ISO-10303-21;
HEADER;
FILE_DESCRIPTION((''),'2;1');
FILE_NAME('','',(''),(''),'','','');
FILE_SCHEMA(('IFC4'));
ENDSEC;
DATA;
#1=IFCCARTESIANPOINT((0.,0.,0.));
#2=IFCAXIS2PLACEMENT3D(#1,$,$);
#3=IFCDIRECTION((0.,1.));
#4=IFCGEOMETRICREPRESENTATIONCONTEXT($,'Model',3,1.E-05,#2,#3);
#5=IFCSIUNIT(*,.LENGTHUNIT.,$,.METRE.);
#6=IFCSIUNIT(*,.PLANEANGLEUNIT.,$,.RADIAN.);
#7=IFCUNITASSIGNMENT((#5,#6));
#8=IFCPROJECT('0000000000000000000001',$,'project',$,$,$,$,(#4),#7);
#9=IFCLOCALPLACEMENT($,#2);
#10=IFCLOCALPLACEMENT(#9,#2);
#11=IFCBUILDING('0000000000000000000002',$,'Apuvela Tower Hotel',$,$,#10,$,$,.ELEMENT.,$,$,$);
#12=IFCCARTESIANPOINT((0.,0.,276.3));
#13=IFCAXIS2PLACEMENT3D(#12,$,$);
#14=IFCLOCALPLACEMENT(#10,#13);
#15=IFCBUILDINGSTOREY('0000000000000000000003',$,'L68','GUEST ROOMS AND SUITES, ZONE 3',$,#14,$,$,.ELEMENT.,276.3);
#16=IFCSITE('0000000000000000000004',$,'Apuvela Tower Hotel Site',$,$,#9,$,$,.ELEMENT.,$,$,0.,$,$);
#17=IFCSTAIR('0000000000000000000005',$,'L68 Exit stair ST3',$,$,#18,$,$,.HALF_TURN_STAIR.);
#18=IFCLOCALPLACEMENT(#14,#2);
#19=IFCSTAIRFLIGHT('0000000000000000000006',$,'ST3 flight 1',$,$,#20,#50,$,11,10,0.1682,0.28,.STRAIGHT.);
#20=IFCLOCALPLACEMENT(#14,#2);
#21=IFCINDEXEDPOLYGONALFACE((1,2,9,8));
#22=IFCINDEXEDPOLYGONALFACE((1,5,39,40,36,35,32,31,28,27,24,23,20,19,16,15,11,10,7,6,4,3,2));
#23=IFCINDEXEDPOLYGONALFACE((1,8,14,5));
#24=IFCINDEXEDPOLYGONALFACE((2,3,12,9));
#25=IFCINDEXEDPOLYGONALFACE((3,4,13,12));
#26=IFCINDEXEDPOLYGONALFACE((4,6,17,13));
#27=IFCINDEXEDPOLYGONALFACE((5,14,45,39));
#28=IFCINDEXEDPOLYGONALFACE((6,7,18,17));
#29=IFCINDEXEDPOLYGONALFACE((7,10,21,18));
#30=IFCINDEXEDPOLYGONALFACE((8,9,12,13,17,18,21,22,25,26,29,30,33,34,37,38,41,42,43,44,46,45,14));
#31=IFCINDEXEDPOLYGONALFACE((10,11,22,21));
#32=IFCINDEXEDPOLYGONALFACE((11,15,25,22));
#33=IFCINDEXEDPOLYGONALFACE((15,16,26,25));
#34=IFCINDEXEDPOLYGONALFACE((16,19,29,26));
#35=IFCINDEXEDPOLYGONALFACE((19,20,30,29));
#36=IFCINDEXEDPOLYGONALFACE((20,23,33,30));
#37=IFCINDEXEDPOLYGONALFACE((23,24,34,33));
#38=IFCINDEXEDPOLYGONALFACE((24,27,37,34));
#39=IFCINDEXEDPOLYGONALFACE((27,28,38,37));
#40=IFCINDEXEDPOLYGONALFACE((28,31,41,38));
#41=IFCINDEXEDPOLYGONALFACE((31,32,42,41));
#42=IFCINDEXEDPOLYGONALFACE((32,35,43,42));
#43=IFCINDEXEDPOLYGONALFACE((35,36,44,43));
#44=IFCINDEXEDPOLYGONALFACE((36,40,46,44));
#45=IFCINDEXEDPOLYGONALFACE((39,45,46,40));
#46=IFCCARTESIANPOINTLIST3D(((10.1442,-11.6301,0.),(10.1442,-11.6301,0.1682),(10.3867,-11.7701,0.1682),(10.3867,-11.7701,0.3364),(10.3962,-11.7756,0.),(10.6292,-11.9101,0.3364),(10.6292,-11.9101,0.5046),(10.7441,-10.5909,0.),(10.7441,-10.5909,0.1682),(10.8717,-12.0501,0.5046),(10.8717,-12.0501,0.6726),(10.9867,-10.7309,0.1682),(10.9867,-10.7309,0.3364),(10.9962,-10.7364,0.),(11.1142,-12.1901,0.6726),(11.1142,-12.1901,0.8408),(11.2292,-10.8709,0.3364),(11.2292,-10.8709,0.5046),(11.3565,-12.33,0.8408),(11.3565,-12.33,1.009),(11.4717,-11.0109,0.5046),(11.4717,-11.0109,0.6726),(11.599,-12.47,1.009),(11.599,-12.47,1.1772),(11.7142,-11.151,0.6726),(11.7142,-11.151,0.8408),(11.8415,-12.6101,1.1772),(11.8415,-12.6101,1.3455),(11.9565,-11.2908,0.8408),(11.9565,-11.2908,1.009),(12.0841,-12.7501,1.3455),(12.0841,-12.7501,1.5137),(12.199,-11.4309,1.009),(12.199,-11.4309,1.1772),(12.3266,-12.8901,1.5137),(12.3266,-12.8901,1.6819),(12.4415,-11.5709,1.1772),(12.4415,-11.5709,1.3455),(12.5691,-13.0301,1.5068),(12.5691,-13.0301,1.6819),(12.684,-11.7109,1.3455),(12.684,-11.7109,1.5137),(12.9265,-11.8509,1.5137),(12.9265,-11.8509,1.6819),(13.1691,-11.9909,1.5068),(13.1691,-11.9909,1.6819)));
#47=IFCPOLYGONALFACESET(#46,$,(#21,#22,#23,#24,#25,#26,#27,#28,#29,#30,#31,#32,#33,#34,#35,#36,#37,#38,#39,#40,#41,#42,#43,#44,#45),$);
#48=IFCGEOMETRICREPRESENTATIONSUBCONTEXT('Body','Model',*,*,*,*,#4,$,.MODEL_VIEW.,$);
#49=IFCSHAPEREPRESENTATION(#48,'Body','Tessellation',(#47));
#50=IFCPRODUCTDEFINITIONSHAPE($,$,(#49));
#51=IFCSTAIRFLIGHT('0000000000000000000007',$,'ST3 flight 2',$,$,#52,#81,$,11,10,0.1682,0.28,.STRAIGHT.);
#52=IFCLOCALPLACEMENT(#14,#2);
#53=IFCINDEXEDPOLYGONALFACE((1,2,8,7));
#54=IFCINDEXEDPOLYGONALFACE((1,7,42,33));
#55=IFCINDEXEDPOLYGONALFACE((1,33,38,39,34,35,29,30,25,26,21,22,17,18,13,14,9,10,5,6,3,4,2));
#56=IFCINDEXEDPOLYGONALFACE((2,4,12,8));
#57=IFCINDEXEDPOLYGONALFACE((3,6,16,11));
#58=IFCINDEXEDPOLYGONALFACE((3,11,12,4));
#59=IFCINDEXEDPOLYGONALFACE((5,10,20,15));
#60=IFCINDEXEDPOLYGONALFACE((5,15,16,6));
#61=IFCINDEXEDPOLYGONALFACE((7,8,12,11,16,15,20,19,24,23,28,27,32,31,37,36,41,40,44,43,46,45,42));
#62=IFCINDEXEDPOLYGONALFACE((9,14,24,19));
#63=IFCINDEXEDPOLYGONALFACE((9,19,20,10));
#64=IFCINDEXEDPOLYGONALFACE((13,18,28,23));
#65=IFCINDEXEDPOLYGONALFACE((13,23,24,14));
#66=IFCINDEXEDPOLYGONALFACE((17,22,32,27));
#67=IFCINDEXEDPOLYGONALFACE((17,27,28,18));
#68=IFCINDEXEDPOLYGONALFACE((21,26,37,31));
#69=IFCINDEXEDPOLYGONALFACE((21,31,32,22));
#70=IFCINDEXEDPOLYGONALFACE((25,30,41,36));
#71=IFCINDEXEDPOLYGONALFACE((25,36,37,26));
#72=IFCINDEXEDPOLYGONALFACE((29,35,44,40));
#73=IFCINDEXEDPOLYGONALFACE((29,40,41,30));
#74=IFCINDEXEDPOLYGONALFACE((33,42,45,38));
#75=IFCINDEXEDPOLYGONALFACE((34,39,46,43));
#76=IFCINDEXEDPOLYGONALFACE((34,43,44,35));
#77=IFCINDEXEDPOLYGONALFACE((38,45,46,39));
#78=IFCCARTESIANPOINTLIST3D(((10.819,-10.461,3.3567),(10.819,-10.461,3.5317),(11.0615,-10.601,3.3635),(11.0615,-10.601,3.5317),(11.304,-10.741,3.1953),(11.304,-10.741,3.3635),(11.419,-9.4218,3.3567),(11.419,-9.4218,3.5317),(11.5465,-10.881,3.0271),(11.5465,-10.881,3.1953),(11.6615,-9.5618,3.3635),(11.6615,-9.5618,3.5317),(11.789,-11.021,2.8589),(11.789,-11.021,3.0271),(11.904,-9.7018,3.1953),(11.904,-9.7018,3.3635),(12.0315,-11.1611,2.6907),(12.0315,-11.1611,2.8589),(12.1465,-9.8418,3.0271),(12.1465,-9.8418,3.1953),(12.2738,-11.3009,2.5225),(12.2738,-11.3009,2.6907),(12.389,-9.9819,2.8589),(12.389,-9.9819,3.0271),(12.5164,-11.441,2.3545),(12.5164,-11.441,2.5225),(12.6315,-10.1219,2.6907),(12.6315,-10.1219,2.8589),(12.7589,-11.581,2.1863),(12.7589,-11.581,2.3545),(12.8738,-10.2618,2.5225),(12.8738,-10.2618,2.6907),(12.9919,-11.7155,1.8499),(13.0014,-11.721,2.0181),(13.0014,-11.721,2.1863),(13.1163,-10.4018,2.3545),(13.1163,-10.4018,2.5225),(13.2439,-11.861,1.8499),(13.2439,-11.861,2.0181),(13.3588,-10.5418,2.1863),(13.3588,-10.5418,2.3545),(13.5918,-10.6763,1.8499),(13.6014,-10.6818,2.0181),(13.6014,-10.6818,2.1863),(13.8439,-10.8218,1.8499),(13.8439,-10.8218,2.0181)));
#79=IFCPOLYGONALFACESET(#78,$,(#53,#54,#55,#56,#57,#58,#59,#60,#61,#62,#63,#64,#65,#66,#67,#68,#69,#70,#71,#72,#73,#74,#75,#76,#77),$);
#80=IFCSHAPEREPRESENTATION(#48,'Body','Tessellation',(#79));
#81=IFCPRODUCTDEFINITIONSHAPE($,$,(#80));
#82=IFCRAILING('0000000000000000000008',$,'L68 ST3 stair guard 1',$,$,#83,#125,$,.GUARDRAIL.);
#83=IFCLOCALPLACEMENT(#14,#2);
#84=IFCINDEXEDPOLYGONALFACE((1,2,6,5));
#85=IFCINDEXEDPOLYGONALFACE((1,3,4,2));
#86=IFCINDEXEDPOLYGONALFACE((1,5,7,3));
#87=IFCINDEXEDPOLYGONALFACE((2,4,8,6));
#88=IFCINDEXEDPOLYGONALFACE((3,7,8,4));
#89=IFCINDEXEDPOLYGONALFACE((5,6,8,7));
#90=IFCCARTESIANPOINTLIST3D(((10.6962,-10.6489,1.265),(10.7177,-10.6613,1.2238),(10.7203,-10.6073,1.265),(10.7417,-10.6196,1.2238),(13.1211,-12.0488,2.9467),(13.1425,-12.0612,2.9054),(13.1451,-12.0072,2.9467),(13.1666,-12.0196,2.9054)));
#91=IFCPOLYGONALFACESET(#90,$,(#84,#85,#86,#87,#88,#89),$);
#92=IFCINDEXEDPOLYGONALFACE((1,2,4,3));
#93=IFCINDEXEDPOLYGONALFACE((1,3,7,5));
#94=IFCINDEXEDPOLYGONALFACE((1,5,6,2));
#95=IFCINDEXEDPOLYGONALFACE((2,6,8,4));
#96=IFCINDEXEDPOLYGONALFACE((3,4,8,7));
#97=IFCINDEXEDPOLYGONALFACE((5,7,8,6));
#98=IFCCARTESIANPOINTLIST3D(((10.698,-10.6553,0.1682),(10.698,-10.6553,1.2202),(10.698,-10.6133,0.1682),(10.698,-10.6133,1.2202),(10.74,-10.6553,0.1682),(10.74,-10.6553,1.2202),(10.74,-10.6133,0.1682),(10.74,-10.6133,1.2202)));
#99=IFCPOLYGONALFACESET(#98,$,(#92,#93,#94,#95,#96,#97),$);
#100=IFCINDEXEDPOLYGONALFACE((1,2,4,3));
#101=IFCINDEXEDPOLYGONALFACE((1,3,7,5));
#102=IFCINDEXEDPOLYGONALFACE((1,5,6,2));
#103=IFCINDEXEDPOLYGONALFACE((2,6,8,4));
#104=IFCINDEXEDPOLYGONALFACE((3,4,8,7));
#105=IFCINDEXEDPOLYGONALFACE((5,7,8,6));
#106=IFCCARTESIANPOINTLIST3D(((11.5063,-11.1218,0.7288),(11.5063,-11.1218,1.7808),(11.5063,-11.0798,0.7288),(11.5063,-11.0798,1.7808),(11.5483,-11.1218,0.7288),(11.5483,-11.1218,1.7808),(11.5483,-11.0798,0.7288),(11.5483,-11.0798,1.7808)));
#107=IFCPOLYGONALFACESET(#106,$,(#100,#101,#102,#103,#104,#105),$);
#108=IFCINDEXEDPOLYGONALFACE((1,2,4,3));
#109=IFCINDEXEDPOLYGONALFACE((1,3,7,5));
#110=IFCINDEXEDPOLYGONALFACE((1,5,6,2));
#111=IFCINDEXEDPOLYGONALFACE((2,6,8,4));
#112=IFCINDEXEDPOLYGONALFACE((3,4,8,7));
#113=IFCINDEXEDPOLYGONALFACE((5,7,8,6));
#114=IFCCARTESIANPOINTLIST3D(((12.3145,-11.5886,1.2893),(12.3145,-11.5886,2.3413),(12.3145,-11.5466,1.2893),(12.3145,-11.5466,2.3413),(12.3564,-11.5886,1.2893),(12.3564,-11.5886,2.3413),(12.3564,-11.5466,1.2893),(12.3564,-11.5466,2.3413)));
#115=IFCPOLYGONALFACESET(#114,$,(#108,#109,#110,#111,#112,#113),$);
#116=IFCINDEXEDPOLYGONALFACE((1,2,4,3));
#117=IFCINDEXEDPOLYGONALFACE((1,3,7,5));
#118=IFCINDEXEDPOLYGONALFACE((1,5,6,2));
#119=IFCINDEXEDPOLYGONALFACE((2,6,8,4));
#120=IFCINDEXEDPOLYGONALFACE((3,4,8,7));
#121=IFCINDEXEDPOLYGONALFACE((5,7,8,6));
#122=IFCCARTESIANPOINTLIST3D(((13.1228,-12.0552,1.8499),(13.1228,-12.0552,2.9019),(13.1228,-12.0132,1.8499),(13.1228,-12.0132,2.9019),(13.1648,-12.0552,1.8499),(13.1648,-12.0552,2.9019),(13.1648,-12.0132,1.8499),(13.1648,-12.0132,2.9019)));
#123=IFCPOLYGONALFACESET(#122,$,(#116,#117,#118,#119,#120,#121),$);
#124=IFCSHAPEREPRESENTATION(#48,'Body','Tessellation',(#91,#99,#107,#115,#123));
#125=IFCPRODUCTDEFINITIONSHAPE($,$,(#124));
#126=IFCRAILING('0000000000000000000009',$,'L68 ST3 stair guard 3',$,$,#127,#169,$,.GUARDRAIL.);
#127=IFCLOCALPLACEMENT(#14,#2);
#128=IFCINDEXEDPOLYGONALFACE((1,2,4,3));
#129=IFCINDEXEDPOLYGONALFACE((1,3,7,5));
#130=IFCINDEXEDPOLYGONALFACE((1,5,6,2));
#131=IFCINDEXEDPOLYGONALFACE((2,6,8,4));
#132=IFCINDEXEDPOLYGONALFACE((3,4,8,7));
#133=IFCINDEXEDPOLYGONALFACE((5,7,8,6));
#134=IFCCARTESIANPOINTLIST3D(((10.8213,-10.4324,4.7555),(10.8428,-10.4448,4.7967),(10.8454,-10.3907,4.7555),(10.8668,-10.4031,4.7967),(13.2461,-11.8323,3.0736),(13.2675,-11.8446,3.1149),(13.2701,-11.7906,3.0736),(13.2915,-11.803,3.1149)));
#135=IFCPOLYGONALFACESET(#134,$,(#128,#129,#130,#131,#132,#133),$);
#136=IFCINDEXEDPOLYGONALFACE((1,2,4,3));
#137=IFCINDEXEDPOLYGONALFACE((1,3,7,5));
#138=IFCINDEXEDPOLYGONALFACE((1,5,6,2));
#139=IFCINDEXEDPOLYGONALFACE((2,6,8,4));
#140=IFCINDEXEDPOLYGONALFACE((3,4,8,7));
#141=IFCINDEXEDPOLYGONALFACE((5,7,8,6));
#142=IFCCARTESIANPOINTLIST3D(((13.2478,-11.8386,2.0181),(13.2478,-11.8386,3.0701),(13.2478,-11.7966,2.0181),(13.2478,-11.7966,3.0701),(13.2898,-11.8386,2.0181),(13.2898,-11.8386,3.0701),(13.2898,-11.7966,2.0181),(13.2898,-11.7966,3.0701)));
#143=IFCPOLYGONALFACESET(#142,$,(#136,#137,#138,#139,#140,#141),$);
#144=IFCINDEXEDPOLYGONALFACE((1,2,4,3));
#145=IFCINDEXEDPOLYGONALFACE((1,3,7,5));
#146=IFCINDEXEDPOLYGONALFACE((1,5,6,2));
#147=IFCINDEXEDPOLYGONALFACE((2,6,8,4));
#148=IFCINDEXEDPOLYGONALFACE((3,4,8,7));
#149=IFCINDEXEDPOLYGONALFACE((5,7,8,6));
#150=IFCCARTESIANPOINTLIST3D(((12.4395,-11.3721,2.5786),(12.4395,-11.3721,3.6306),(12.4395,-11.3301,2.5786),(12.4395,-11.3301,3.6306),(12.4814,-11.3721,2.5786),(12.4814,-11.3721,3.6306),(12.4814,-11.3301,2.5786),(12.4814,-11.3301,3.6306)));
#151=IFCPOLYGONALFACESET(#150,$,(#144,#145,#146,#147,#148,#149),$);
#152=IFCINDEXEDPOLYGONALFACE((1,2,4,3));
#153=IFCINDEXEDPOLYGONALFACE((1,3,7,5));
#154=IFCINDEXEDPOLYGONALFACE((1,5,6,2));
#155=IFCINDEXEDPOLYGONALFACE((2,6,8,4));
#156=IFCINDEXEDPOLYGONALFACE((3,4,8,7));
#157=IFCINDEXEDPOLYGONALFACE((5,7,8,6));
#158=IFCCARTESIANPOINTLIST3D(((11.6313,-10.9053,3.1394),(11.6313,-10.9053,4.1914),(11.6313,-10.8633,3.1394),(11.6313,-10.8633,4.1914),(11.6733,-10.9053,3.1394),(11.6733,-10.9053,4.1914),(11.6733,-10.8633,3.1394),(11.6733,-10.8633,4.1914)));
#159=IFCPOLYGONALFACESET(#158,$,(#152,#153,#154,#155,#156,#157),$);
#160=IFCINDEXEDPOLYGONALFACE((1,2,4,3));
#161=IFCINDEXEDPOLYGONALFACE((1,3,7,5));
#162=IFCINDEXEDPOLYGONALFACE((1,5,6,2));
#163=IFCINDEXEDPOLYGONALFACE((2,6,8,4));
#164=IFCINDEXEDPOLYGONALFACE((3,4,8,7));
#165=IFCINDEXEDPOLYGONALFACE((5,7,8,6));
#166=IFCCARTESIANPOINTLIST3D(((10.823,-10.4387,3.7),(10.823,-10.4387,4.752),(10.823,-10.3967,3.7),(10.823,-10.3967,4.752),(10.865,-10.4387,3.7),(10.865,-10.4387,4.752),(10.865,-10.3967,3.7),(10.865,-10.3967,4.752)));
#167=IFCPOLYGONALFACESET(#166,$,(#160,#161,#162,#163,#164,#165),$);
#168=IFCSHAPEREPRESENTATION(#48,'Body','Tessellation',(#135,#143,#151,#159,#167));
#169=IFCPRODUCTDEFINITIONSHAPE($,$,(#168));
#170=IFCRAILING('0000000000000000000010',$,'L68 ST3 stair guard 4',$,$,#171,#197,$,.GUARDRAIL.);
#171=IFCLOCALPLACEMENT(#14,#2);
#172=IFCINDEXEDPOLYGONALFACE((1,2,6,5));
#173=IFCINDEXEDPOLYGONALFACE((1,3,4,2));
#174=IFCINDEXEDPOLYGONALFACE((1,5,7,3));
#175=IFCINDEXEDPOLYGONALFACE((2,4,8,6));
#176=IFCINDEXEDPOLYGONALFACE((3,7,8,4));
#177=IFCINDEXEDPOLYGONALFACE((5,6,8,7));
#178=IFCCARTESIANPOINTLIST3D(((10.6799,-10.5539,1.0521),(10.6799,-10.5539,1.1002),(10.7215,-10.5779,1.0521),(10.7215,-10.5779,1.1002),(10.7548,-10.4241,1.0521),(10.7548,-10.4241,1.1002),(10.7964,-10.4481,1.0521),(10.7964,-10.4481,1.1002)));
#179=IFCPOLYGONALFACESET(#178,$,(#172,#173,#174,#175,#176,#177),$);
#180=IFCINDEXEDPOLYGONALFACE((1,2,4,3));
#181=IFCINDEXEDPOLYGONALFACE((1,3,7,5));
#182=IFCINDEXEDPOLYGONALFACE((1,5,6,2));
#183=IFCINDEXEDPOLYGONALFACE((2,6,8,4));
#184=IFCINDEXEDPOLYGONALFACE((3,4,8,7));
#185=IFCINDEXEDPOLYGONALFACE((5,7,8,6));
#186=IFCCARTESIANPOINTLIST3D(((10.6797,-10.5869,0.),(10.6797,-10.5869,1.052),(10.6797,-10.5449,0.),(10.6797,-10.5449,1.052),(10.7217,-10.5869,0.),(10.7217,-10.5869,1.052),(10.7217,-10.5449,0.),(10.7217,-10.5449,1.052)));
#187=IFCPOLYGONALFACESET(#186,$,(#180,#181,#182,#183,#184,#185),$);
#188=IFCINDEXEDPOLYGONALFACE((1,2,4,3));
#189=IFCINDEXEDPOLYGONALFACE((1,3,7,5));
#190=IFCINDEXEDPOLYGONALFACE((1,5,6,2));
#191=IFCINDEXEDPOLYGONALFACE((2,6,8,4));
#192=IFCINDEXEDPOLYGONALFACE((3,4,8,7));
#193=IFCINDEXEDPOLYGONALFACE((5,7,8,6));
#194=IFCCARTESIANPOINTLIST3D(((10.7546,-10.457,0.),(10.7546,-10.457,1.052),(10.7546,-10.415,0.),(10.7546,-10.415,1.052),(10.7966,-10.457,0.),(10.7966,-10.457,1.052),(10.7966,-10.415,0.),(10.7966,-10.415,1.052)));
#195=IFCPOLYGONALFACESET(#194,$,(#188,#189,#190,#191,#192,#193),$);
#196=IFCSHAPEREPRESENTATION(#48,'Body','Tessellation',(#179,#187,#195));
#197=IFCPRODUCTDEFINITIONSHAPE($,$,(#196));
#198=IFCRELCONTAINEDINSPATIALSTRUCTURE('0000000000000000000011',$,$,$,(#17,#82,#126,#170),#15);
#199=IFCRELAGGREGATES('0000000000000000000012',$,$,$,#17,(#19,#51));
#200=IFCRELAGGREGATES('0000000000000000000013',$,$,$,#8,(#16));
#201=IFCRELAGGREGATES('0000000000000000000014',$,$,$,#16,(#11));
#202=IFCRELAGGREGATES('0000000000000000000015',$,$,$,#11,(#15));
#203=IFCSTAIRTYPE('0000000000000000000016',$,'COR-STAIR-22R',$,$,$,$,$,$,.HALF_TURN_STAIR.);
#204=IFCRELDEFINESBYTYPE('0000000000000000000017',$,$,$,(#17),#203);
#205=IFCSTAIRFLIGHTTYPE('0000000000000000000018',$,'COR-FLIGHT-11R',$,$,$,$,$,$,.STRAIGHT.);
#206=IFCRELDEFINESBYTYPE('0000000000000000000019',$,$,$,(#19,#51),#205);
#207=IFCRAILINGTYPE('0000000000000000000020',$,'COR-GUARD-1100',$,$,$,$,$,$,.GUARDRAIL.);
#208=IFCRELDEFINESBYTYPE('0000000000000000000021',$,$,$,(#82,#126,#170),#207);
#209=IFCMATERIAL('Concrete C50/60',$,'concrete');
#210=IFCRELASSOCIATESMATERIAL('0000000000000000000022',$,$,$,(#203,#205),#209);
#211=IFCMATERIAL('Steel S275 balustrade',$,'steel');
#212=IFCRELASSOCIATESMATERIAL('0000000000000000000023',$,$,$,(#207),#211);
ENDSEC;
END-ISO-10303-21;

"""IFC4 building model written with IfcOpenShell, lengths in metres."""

from ifc_helpers import new_model, si_unit, direction, frame, origin, origin_2d, place, context, subcontext, project, spatial, polyline, rectangle, outline, extrude, material, type_object, element, aggregate, save


model = new_model("IFC4")

# Units and contexts
model_context = context("Model", 3, precision=1e-05, world=origin(), true_north=direction((0.0, 1.0)))
body_context = subcontext(model_context, "Body", "Model", "MODEL_VIEW")
ifc_project = project(units=[si_unit("LENGTHUNIT", "METRE"), si_unit("PLANEANGLEUNIT", "RADIAN")], contexts=[model_context])

# Site, building, storey
site_placement = place(None, origin())
site = spatial("IfcSite", under=ifc_project, at=site_placement, Name="Apuvela Tower Hotel Site", CompositionType="ELEMENT", RefElevation=0.0)
building_placement = place(site_placement, origin())
building = spatial("IfcBuilding", under=site, at=building_placement, Name="Apuvela Tower Hotel", CompositionType="ELEMENT")
storey_placement = place(building_placement, frame((0.0, 0.0, 276.3)))
storey = spatial("IfcBuildingStorey", under=building, at=storey_placement, Name="L68", Description="GUEST ROOMS AND SUITES, ZONE 3", CompositionType="ELEMENT", Elevation=276.3)

# Shared definitions
ifc_material_1 = material(Name="Concrete C50/60", Category="concrete")

# Stair, stair flights
stair_type = type_object("IfcStairType", Name="COR-STAIR-22R", PredefinedType="HALF_TURN_STAIR", material=ifc_material_1)
stair_placement = place(storey_placement, origin())
stair = element("IfcStair", 1, at=stair_placement, inside=storey, type_object=stair_type, Name="L68 Exit stair ST3", PredefinedType="HALF_TURN_STAIR")
stair_flight_type = type_object("IfcStairFlightType", Name="COR-FLIGHT-11R", PredefinedType="STRAIGHT", material=ifc_material_1)
stair_flight_1_placement = place(storey_placement, frame((10.4441, -11.1106, 0.0), z_axis=(0.0, 0.0, 1.0), x_axis=(0.866025, -0.5, 0.0)))
stair_flight_1 = element("IfcStairFlight", 2, at=stair_flight_1_placement, type_object=stair_flight_type, Name="ST3 flight 1", NumberOfRisers=11, NumberOfTreads=10, PredefinedType="STRAIGHT", RiserHeight=0.1682, TreadLength=0.28, context=body_context, shape_type="SweptSolid", body=[
    extrude(outline(polyline([(0.0, 0.0), (0.0, 0.1682), (0.28, 0.1682), (0.28, 0.3364), (0.5601, 0.3364), (0.5601, 0.5046), (0.8401, 0.5046), (0.8401, 0.6726), (1.1201, 0.6726), (1.1201, 0.8408), (1.3999, 0.8408), (1.3999, 1.009), (1.6799, 1.009), (1.6799, 1.1772), (1.96, 1.1772), (1.96, 1.3455), (2.24, 1.3455), (2.24, 1.5137), (2.52, 1.5137), (2.52, 1.6819), (2.8, 1.6819), (2.8, 1.8501), (2.8, 1.5068), (0.291, 0.0), (0.0, 0.0)])), frame((0.0, 0.6001, 0.0), z_axis=(0.0, -1.0, 0.0), x_axis=(1.0, 0.0, 0.0)), (0.0, 0.0, 1.0), 1.2),
])
stair_flight_2_placement = place(storey_placement, frame((13.5439, -11.3413, 1.8499), z_axis=(0.0, 0.0, 1.0), x_axis=(-0.866025, 0.5, 0.0)))
stair_flight_2 = element("IfcStairFlight", 3, at=stair_flight_2_placement, type_object=stair_flight_type, Name="ST3 flight 2", NumberOfRisers=11, NumberOfTreads=10, PredefinedType="STRAIGHT", RiserHeight=0.1682, TreadLength=0.28, context=body_context, shape_type="SweptSolid", body=[
    extrude(outline(polyline([(0.0, 0.0), (0.0, 0.1682), (0.28, 0.1682), (0.28, 0.3364), (0.5601, 0.3364), (0.5601, 0.5046), (0.8401, 0.5046), (0.8401, 0.6726), (1.1201, 0.6726), (1.1201, 0.8408), (1.3999, 0.8408), (1.3999, 1.009), (1.6799, 1.009), (1.6799, 1.1772), (1.96, 1.1772), (1.96, 1.3455), (2.24, 1.3455), (2.24, 1.5137), (2.52, 1.5137), (2.52, 1.6819), (2.8, 1.6819), (2.8, 1.8501), (2.8, 1.5068), (0.291, 0.0), (0.0, 0.0)])), frame((0.0, 0.6001, 0.0), z_axis=(0.0, -1.0, 0.0), x_axis=(1.0, 0.0, 0.0)), (0.0, 0.0, 1.0), 1.2),
])
aggregate(stair, [stair_flight_1, stair_flight_2])

# Railings
ifc_material_2 = material(Name="Steel S275 balustrade", Category="steel")
railing_type_1 = type_object("IfcRailingType", Name="COR-GUARD-1100", PredefinedType="GUARDRAIL", material=ifc_material_2)
railing_1_placement = place(storey_placement, frame((10.719, -10.6343, 0.1682)))
element("IfcRailing", 4, at=railing_1_placement, inside=storey, type_object=railing_type_1, Name="L68 ST3 stair guard 1", PredefinedType="GUARDRAIL", context=body_context, shape_type="SweptSolid", body=[
    extrude(rectangle(XDim=0.0481, YDim=0.0481, at=origin_2d()), frame((0.0, 0.0, 1.0762), z_axis=(0.742419, -0.428618, 0.514879), x_axis=(0.499984, 0.866035, 0.0)), (0.0, 0.0, 1.0), 3.2661),
    extrude(rectangle(XDim=0.042, YDim=0.042, at=origin_2d()), origin(), (0.0, 0.0, 1.0), 1.052),
    extrude(rectangle(XDim=0.042, YDim=0.042, at=origin_2d()), frame((0.8083, -0.4666, 0.5605)), (0.0, 0.0, 1.0), 1.052),
    extrude(rectangle(XDim=0.042, YDim=0.042, at=origin_2d()), frame((1.6165, -0.9333, 1.1211)), (0.0, 0.0, 1.0), 1.052),
    extrude(rectangle(XDim=0.042, YDim=0.042, at=origin_2d()), frame((2.4248, -1.3999, 1.6816)), (0.0, 0.0, 1.0), 1.052),
])
railing_2_placement = place(storey_placement, frame((13.2688, -11.8176, 2.0181)))
element("IfcRailing", 5, at=railing_2_placement, inside=storey, type_object=railing_type_1, Name="L68 ST3 stair guard 3", PredefinedType="GUARDRAIL", context=body_context, shape_type="SweptSolid", body=[
    extrude(rectangle(XDim=0.0481, YDim=0.0481, at=origin_2d()), frame((0.0, 0.0, 1.0762), z_axis=(-0.74239, 0.428601, 0.514934), x_axis=(-0.499984, -0.866035, 0.0)), (0.0, 0.0, 1.0), 3.2661),
    extrude(rectangle(XDim=0.042, YDim=0.042, at=origin_2d()), origin(), (0.0, 0.0, 1.0), 1.052),
    extrude(rectangle(XDim=0.042, YDim=0.042, at=origin_2d()), frame((-0.8083, 0.4666, 0.5605)), (0.0, 0.0, 1.0), 1.052),
    extrude(rectangle(XDim=0.042, YDim=0.042, at=origin_2d()), frame((-1.6165, 0.9333, 1.1213)), (0.0, 0.0, 1.0), 1.052),
    extrude(rectangle(XDim=0.042, YDim=0.042, at=origin_2d()), frame((-2.4248, 1.3999, 1.6819)), (0.0, 0.0, 1.0), 1.052),
])
railing_3_placement = place(storey_placement, frame((10.7007, -10.5659, 0.0)))
element("IfcRailing", 6, at=railing_3_placement, inside=storey, type_object=railing_type_1, Name="L68 ST3 stair guard 4", PredefinedType="GUARDRAIL", context=body_context, shape_type="SweptSolid", body=[
    extrude(rectangle(XDim=0.0481, YDim=0.0481, at=origin_2d()), frame((0.0, 0.0, 1.0762), z_axis=(0.499816, 0.866131, 0.0), x_axis=(-0.866131, 0.499816, 0.0)), (0.0, 0.0, 1.0), 0.1499),
    extrude(rectangle(XDim=0.042, YDim=0.042, at=origin_2d()), origin(), (0.0, 0.0, 1.0), 1.052),
    extrude(rectangle(XDim=0.042, YDim=0.042, at=origin_2d()), frame((0.075, 0.1299, 0.0)), (0.0, 0.0, 1.0), 1.052),
])

save(model, "model.ifc")
